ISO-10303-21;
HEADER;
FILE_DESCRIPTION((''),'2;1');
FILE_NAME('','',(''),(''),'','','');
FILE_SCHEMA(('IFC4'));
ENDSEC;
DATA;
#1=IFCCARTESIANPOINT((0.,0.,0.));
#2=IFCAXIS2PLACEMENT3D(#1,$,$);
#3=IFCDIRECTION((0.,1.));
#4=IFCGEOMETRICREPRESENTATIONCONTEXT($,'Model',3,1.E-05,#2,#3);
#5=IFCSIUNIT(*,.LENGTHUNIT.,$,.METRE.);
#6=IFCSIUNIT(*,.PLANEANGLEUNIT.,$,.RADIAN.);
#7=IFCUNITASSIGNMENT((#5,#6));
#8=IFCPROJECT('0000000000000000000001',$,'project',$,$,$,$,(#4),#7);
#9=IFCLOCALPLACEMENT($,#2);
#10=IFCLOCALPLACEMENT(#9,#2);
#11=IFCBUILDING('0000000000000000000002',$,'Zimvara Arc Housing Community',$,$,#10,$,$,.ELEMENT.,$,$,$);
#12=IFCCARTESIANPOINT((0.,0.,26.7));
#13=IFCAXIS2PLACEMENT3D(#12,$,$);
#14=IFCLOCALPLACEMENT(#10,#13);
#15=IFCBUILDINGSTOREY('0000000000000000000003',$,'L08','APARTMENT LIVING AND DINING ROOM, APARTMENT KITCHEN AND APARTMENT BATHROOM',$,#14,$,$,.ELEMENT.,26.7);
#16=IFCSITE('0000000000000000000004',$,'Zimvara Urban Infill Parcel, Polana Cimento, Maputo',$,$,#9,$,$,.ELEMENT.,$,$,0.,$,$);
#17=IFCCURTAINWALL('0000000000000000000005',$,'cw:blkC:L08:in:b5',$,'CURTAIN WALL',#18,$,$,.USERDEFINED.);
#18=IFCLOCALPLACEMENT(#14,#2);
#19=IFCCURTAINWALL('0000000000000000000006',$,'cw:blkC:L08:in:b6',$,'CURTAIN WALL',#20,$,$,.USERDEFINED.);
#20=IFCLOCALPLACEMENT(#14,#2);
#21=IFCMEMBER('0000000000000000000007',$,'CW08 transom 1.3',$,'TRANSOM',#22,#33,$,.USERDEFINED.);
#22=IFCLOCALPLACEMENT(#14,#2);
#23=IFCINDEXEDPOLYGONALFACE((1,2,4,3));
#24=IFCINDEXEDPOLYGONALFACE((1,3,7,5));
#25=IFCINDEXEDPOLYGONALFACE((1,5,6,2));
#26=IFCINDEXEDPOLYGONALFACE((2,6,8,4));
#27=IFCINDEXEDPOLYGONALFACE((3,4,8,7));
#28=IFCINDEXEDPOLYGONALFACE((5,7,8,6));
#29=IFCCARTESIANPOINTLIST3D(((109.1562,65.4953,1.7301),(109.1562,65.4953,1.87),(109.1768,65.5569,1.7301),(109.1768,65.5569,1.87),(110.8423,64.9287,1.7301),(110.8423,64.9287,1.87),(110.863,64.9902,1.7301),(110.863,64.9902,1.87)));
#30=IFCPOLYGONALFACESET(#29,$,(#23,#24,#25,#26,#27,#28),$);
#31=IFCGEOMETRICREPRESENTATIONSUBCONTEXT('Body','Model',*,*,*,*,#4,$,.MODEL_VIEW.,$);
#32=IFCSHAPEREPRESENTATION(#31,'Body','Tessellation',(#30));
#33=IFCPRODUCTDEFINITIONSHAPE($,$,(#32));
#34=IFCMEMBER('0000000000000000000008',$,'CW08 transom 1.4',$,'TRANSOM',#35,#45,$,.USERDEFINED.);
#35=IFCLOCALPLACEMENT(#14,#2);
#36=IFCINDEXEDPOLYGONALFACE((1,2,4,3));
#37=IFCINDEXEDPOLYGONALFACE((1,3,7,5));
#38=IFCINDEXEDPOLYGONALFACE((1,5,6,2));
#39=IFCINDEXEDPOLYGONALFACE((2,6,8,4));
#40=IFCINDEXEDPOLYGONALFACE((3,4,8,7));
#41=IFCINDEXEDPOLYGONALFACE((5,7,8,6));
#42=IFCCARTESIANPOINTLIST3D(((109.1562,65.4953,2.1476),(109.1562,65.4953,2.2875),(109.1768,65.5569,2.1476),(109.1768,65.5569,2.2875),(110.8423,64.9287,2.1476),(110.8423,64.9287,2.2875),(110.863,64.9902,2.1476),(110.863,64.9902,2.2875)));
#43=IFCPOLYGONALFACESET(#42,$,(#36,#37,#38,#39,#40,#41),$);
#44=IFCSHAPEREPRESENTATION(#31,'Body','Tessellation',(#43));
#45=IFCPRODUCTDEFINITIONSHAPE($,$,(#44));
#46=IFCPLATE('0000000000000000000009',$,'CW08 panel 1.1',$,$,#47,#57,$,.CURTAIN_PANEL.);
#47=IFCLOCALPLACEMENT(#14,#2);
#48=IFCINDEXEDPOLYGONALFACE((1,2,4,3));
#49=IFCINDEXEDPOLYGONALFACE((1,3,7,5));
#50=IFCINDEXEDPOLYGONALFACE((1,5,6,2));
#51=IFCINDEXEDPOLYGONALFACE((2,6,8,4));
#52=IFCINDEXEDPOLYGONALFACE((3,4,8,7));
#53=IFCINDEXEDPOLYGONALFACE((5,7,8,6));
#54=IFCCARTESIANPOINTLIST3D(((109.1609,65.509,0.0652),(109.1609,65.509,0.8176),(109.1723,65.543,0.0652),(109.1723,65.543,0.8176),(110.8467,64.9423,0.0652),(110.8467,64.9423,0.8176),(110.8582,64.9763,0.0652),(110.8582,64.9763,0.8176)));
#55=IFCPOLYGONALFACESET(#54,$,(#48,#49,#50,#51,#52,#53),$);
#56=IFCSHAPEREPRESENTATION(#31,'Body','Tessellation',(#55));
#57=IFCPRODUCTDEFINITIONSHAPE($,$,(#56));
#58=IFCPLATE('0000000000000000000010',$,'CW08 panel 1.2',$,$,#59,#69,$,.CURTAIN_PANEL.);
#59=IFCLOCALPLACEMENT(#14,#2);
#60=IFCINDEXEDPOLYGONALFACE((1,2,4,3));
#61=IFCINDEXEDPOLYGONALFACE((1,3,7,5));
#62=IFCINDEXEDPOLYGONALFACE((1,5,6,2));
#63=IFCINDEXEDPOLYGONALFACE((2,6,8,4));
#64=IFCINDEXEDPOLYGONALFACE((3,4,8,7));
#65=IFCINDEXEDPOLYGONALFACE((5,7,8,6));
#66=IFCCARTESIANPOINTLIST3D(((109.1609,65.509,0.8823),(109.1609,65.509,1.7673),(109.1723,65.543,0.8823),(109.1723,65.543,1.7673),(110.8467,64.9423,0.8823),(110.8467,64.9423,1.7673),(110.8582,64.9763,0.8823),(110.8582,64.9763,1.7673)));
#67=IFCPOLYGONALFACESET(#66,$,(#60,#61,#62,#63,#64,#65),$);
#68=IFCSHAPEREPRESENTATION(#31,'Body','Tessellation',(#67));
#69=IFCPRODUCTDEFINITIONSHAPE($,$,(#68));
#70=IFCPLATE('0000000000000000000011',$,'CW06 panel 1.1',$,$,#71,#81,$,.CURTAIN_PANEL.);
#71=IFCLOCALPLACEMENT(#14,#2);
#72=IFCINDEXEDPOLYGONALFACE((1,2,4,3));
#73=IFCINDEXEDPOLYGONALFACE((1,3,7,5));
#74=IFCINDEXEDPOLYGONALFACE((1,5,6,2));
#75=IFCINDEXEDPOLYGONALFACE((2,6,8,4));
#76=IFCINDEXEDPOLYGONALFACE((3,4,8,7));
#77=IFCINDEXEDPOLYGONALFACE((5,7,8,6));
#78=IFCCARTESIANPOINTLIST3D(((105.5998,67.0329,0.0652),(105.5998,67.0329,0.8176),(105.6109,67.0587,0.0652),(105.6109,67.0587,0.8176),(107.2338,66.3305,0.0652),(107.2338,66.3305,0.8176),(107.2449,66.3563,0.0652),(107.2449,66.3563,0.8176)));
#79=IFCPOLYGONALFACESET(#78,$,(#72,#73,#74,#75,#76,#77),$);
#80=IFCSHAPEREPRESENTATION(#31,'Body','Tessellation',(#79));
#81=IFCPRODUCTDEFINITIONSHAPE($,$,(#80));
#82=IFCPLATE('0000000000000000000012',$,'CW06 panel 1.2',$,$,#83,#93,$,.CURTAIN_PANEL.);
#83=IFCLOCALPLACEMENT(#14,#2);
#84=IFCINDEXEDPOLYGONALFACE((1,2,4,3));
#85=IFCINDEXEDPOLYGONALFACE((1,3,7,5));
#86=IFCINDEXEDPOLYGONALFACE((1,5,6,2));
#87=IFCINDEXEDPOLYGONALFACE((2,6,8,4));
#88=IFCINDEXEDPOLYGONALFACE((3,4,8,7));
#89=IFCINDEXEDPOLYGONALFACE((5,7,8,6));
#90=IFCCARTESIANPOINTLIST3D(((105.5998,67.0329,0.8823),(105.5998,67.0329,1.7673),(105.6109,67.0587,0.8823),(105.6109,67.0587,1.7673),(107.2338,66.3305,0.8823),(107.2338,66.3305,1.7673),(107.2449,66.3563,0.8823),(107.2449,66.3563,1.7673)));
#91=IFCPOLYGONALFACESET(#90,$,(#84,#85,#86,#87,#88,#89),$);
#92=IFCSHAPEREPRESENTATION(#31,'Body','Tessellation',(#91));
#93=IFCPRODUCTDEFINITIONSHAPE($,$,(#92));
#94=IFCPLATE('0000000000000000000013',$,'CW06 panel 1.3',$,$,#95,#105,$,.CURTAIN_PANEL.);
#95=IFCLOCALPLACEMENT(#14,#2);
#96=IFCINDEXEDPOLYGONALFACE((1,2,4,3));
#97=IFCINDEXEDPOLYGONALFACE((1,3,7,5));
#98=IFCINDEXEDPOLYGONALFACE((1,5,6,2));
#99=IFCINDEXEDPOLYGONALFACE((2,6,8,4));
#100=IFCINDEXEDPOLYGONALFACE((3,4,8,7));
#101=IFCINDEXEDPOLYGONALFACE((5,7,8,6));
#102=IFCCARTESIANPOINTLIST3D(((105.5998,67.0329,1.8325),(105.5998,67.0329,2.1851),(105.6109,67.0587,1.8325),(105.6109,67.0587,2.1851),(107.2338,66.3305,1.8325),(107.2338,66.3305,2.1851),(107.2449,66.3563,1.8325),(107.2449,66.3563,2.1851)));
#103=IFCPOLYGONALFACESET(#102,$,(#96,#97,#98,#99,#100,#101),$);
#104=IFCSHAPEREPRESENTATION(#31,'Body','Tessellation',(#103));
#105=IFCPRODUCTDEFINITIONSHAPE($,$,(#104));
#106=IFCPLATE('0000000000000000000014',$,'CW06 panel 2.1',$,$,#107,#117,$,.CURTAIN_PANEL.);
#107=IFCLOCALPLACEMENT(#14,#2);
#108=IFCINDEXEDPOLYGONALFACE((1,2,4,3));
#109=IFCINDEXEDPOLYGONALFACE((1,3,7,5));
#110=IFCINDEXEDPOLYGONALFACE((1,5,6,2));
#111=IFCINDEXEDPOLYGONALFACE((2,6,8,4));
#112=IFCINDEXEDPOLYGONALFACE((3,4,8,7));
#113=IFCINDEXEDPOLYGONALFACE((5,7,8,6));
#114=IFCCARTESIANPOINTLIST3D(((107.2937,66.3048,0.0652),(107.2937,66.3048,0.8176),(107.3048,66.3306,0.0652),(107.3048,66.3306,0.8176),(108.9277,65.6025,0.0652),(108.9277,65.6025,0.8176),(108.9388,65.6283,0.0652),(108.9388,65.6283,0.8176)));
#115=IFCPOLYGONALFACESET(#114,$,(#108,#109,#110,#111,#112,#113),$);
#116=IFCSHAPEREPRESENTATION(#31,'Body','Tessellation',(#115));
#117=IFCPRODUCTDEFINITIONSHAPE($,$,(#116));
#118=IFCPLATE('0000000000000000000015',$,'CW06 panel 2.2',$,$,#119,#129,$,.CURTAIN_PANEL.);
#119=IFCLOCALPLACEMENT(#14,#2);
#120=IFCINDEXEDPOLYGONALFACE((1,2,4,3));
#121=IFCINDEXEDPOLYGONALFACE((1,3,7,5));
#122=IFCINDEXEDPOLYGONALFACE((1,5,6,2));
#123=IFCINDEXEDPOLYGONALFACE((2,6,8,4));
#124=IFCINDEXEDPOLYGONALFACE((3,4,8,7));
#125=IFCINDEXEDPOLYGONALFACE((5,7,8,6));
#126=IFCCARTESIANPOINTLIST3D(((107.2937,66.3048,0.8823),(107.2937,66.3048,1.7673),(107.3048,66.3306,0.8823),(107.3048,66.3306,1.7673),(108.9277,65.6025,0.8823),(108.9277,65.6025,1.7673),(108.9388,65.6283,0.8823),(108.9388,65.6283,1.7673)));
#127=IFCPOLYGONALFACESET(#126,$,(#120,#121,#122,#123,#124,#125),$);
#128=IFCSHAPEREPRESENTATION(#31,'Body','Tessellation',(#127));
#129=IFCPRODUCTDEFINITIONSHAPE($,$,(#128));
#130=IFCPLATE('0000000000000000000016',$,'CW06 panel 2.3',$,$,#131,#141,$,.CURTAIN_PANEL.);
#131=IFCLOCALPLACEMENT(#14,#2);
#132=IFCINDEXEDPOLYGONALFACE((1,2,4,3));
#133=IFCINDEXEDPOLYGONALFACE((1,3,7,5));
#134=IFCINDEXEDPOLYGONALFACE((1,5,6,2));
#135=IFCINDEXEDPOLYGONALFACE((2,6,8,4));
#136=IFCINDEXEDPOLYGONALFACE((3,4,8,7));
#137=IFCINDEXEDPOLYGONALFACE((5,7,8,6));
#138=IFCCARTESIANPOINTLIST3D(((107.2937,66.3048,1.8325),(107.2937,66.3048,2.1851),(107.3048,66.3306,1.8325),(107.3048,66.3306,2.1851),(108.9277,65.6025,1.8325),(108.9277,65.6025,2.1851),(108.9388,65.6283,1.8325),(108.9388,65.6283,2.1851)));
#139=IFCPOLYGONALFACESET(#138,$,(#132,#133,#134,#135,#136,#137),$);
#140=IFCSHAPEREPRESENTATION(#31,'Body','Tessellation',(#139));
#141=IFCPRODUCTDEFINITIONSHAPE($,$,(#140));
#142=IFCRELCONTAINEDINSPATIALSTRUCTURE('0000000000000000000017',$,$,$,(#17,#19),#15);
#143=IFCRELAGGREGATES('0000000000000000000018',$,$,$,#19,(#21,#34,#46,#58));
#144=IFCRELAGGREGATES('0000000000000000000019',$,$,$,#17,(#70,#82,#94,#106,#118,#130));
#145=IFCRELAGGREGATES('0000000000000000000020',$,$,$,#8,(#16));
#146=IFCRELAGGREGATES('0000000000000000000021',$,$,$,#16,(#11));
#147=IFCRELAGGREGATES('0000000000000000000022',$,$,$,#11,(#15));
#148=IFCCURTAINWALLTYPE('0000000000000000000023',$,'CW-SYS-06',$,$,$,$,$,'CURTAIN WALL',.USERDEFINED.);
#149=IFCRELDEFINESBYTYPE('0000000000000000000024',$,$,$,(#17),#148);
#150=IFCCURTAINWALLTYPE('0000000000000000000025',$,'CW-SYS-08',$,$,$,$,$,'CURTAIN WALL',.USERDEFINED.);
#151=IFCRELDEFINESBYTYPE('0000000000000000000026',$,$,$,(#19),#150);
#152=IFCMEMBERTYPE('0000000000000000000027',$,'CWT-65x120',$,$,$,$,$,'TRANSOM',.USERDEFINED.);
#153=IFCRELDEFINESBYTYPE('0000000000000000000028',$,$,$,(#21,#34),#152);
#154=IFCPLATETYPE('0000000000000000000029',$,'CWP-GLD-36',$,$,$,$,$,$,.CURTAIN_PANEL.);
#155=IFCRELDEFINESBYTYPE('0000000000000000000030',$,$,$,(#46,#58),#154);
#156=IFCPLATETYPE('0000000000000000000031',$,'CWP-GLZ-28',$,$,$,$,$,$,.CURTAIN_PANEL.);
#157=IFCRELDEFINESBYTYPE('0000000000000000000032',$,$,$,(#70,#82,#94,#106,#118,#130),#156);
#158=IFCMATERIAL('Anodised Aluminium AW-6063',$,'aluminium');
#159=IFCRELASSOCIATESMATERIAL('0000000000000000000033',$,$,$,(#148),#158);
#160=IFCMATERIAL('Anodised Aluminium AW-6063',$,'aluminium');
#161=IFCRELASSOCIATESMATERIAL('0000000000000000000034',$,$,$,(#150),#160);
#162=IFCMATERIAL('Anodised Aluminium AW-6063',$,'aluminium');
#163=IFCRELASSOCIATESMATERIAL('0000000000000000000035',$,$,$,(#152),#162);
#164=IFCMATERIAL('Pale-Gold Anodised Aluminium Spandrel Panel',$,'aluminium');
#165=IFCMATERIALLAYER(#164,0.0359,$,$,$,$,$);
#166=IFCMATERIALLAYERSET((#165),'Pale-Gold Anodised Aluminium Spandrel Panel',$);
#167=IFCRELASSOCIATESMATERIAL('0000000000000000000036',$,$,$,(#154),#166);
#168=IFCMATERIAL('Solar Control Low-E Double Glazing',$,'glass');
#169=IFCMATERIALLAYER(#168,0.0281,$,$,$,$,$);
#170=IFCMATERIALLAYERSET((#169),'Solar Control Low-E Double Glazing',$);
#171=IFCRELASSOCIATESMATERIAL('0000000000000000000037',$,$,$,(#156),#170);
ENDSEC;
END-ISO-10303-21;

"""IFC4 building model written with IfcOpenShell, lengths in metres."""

from ifc_helpers import new_model, si_unit, direction, frame, origin, origin_2d, place, context, subcontext, project, spatial, rectangle, extrude, material, layer, layer_set, material_profile, profile_set, type_object, element, aggregate, save


model = new_model("IFC4")

# Units and contexts
model_context = context("Model", 3, precision=1e-05, world=origin(), true_north=direction((0.0, 1.0)))
body_context = subcontext(model_context, "Body", "Model", "MODEL_VIEW")
ifc_project = project(units=[si_unit("LENGTHUNIT", "METRE"), si_unit("PLANEANGLEUNIT", "RADIAN")], contexts=[model_context])

# Site, building, storey
site_placement = place(None, origin())
site = spatial("IfcSite", under=ifc_project, at=site_placement, Name="Zimvara Urban Infill Parcel, Polana Cimento, Maputo", CompositionType="ELEMENT", RefElevation=0.0)
building_placement = place(site_placement, origin())
building = spatial("IfcBuilding", under=site, at=building_placement, Name="Zimvara Arc Housing Community", CompositionType="ELEMENT")
storey_placement = place(building_placement, frame((0.0, 0.0, 26.7)))
storey = spatial("IfcBuildingStorey", under=building, at=storey_placement, Name="L08", Description="APARTMENT LIVING AND DINING ROOM, APARTMENT KITCHEN AND APARTMENT BATHROOM", CompositionType="ELEMENT", Elevation=26.7)

# Curtain wall
ifc_material_1 = material(Name="Anodised Aluminium AW-6063", Category="aluminium")
curtain_wall_type_1 = type_object("IfcCurtainWallType", Name="CW-SYS-06", ElementType="CURTAIN WALL", PredefinedType="USERDEFINED", material=ifc_material_1)
curtain_wall_1_placement = place(storey_placement, origin())
curtain_wall_1 = element("IfcCurtainWall", 1, at=curtain_wall_1_placement, inside=storey, type_object=curtain_wall_type_1, Name="cw:blkC:L08:in:b5", ObjectType="CURTAIN WALL", PredefinedType="USERDEFINED")

# Curtain wall
ifc_material_2 = material(Name="Anodised Aluminium AW-6063", Category="aluminium")
curtain_wall_type_2 = type_object("IfcCurtainWallType", Name="CW-SYS-08", ElementType="CURTAIN WALL", PredefinedType="USERDEFINED", material=ifc_material_2)
curtain_wall_2_placement = place(storey_placement, origin())
curtain_wall_2 = element("IfcCurtainWall", 2, at=curtain_wall_2_placement, inside=storey, type_object=curtain_wall_type_2, Name="cw:blkC:L08:in:b6", ObjectType="CURTAIN WALL", PredefinedType="USERDEFINED")

# Members
ifc_material_3 = material(Name="Anodised Aluminium AW-6063", Category="aluminium")
ifc_material_profile_1 = material_profile(ifc_material_3, rectangle(XDim=0.0649, YDim=0.1399, at=origin_2d()), Name="ALU 65x140")
ifc_profile_set_1 = profile_set([ifc_material_profile_1], Name="Anodised Aluminium AW-6063")
member_type_1 = type_object("IfcMemberType", Name="CWT-65x120", ElementType="TRANSOM", PredefinedType="USERDEFINED", material=ifc_profile_set_1)
member_1_placement = place(storey_placement, frame((109.1665, 65.5261, 1.8), z_axis=(0.947898, -0.318574, 0.0), x_axis=(0.318574, 0.947898, 0.0)))
member_1 = element("IfcMember", 3, at=member_1_placement, type_object=member_type_1, Name="CW08 transom 1.3", ObjectType="TRANSOM", PredefinedType="USERDEFINED", context=body_context, shape_type="SweptSolid", body=[
    extrude(rectangle(XDim=0.0649, YDim=0.1399, at=origin_2d()), origin(), (0.0, 0.0, 1.0), 1.7788),
])
member_2_placement = place(storey_placement, frame((109.1665, 65.5261, 2.2175), z_axis=(0.947898, -0.318574, 0.0), x_axis=(0.318574, 0.947898, 0.0)))
member_2 = element("IfcMember", 4, at=member_2_placement, type_object=member_type_1, Name="CW08 transom 1.4", ObjectType="TRANSOM", PredefinedType="USERDEFINED", context=body_context, shape_type="SweptSolid", body=[
    extrude(rectangle(XDim=0.0649, YDim=0.1399, at=origin_2d()), origin(), (0.0, 0.0, 1.0), 1.7788),
])

# Plates
ifc_material_4 = material(Name="Pale-Gold Anodised Aluminium Spandrel Panel", Category="aluminium")
ifc_layer_1 = layer(ifc_material_4, 0.0359)
ifc_layer_set_1 = layer_set([ifc_layer_1], Name="Pale-Gold Anodised Aluminium Spandrel Panel")
plate_type_1 = type_object("IfcPlateType", Name="CWP-GLD-36", PredefinedType="CURTAIN_PANEL", material=ifc_layer_set_1)
plate_1_placement = place(storey_placement, frame((110.0095, 65.2427, 0.0652), z_axis=(0.0, 0.0, 1.0), x_axis=(0.94788, -0.318627, 0.0)))
plate_1 = element("IfcPlate", 5, at=plate_1_placement, type_object=plate_type_1, Name="CW08 panel 1.1", PredefinedType="CURTAIN_PANEL", context=body_context, shape_type="SweptSolid", body=[
    extrude(rectangle(XDim=1.7786, YDim=0.0359, at=origin_2d()), origin(), (0.0, 0.0, 1.0), 0.7524),
])
plate_2_placement = place(storey_placement, frame((110.0095, 65.2427, 0.8823), z_axis=(0.0, 0.0, 1.0), x_axis=(0.94788, -0.318627, 0.0)))
plate_2 = element("IfcPlate", 6, at=plate_2_placement, type_object=plate_type_1, Name="CW08 panel 1.2", PredefinedType="CURTAIN_PANEL", context=body_context, shape_type="SweptSolid", body=[
    extrude(rectangle(XDim=1.7786, YDim=0.0359, at=origin_2d()), origin(), (0.0, 0.0, 1.0), 0.885),
])
aggregate(curtain_wall_2, [member_1, member_2, plate_1, plate_2])
ifc_material_5 = material(Name="Solar Control Low-E Double Glazing", Category="glass")
ifc_layer_2 = layer(ifc_material_5, 0.0281)
ifc_layer_set_2 = layer_set([ifc_layer_2], Name="Solar Control Low-E Double Glazing")
plate_type_2 = type_object("IfcPlateType", Name="CWP-GLZ-28", PredefinedType="CURTAIN_PANEL", material=ifc_layer_set_2)
plate_3_placement = place(storey_placement, frame((106.4224, 66.6946, 0.0652), z_axis=(0.0, 0.0, 1.0), x_axis=(0.918722, -0.394904, 0.0)))
plate_3 = element("IfcPlate", 7, at=plate_3_placement, type_object=plate_type_2, Name="CW06 panel 1.1", PredefinedType="CURTAIN_PANEL", context=body_context, shape_type="SweptSolid", body=[
    extrude(rectangle(XDim=1.7786, YDim=0.0281, at=origin_2d()), origin(), (0.0, 0.0, 1.0), 0.7524),
])
plate_4_placement = place(storey_placement, frame((106.4224, 66.6946, 0.8823), z_axis=(0.0, 0.0, 1.0), x_axis=(0.918722, -0.394904, 0.0)))
plate_4 = element("IfcPlate", 8, at=plate_4_placement, type_object=plate_type_2, Name="CW06 panel 1.2", PredefinedType="CURTAIN_PANEL", context=body_context, shape_type="SweptSolid", body=[
    extrude(rectangle(XDim=1.7786, YDim=0.0281, at=origin_2d()), origin(), (0.0, 0.0, 1.0), 0.885),
])
plate_5_placement = place(storey_placement, frame((106.4224, 66.6946, 1.8325), z_axis=(0.0, 0.0, 1.0), x_axis=(0.918722, -0.394904, 0.0)))
plate_5 = element("IfcPlate", 9, at=plate_5_placement, type_object=plate_type_2, Name="CW06 panel 1.3", PredefinedType="CURTAIN_PANEL", context=body_context, shape_type="SweptSolid", body=[
    extrude(rectangle(XDim=1.7786, YDim=0.0281, at=origin_2d()), origin(), (0.0, 0.0, 1.0), 0.3525),
])
plate_6_placement = place(storey_placement, frame((108.1162, 65.9666, 0.0652), z_axis=(0.0, 0.0, 1.0), x_axis=(0.918722, -0.394904, 0.0)))
plate_6 = element("IfcPlate", 10, at=plate_6_placement, type_object=plate_type_2, Name="CW06 panel 2.1", PredefinedType="CURTAIN_PANEL", context=body_context, shape_type="SweptSolid", body=[
    extrude(rectangle(XDim=1.7786, YDim=0.0281, at=origin_2d()), origin(), (0.0, 0.0, 1.0), 0.7524),
])
plate_7_placement = place(storey_placement, frame((108.1162, 65.9666, 0.8823), z_axis=(0.0, 0.0, 1.0), x_axis=(0.918722, -0.394904, 0.0)))
plate_7 = element("IfcPlate", 11, at=plate_7_placement, type_object=plate_type_2, Name="CW06 panel 2.2", PredefinedType="CURTAIN_PANEL", context=body_context, shape_type="SweptSolid", body=[
    extrude(rectangle(XDim=1.7786, YDim=0.0281, at=origin_2d()), origin(), (0.0, 0.0, 1.0), 0.885),
])
plate_8_placement = place(storey_placement, frame((108.1162, 65.9666, 1.8325), z_axis=(0.0, 0.0, 1.0), x_axis=(0.918722, -0.394904, 0.0)))
plate_8 = element("IfcPlate", 12, at=plate_8_placement, type_object=plate_type_2, Name="CW06 panel 2.3", PredefinedType="CURTAIN_PANEL", context=body_context, shape_type="SweptSolid", body=[
    extrude(rectangle(XDim=1.7786, YDim=0.0281, at=origin_2d()), origin(), (0.0, 0.0, 1.0), 0.3525),
])
aggregate(curtain_wall_1, [plate_3, plate_4, plate_5, plate_6, plate_7, plate_8])

save(model, "model.ifc")
